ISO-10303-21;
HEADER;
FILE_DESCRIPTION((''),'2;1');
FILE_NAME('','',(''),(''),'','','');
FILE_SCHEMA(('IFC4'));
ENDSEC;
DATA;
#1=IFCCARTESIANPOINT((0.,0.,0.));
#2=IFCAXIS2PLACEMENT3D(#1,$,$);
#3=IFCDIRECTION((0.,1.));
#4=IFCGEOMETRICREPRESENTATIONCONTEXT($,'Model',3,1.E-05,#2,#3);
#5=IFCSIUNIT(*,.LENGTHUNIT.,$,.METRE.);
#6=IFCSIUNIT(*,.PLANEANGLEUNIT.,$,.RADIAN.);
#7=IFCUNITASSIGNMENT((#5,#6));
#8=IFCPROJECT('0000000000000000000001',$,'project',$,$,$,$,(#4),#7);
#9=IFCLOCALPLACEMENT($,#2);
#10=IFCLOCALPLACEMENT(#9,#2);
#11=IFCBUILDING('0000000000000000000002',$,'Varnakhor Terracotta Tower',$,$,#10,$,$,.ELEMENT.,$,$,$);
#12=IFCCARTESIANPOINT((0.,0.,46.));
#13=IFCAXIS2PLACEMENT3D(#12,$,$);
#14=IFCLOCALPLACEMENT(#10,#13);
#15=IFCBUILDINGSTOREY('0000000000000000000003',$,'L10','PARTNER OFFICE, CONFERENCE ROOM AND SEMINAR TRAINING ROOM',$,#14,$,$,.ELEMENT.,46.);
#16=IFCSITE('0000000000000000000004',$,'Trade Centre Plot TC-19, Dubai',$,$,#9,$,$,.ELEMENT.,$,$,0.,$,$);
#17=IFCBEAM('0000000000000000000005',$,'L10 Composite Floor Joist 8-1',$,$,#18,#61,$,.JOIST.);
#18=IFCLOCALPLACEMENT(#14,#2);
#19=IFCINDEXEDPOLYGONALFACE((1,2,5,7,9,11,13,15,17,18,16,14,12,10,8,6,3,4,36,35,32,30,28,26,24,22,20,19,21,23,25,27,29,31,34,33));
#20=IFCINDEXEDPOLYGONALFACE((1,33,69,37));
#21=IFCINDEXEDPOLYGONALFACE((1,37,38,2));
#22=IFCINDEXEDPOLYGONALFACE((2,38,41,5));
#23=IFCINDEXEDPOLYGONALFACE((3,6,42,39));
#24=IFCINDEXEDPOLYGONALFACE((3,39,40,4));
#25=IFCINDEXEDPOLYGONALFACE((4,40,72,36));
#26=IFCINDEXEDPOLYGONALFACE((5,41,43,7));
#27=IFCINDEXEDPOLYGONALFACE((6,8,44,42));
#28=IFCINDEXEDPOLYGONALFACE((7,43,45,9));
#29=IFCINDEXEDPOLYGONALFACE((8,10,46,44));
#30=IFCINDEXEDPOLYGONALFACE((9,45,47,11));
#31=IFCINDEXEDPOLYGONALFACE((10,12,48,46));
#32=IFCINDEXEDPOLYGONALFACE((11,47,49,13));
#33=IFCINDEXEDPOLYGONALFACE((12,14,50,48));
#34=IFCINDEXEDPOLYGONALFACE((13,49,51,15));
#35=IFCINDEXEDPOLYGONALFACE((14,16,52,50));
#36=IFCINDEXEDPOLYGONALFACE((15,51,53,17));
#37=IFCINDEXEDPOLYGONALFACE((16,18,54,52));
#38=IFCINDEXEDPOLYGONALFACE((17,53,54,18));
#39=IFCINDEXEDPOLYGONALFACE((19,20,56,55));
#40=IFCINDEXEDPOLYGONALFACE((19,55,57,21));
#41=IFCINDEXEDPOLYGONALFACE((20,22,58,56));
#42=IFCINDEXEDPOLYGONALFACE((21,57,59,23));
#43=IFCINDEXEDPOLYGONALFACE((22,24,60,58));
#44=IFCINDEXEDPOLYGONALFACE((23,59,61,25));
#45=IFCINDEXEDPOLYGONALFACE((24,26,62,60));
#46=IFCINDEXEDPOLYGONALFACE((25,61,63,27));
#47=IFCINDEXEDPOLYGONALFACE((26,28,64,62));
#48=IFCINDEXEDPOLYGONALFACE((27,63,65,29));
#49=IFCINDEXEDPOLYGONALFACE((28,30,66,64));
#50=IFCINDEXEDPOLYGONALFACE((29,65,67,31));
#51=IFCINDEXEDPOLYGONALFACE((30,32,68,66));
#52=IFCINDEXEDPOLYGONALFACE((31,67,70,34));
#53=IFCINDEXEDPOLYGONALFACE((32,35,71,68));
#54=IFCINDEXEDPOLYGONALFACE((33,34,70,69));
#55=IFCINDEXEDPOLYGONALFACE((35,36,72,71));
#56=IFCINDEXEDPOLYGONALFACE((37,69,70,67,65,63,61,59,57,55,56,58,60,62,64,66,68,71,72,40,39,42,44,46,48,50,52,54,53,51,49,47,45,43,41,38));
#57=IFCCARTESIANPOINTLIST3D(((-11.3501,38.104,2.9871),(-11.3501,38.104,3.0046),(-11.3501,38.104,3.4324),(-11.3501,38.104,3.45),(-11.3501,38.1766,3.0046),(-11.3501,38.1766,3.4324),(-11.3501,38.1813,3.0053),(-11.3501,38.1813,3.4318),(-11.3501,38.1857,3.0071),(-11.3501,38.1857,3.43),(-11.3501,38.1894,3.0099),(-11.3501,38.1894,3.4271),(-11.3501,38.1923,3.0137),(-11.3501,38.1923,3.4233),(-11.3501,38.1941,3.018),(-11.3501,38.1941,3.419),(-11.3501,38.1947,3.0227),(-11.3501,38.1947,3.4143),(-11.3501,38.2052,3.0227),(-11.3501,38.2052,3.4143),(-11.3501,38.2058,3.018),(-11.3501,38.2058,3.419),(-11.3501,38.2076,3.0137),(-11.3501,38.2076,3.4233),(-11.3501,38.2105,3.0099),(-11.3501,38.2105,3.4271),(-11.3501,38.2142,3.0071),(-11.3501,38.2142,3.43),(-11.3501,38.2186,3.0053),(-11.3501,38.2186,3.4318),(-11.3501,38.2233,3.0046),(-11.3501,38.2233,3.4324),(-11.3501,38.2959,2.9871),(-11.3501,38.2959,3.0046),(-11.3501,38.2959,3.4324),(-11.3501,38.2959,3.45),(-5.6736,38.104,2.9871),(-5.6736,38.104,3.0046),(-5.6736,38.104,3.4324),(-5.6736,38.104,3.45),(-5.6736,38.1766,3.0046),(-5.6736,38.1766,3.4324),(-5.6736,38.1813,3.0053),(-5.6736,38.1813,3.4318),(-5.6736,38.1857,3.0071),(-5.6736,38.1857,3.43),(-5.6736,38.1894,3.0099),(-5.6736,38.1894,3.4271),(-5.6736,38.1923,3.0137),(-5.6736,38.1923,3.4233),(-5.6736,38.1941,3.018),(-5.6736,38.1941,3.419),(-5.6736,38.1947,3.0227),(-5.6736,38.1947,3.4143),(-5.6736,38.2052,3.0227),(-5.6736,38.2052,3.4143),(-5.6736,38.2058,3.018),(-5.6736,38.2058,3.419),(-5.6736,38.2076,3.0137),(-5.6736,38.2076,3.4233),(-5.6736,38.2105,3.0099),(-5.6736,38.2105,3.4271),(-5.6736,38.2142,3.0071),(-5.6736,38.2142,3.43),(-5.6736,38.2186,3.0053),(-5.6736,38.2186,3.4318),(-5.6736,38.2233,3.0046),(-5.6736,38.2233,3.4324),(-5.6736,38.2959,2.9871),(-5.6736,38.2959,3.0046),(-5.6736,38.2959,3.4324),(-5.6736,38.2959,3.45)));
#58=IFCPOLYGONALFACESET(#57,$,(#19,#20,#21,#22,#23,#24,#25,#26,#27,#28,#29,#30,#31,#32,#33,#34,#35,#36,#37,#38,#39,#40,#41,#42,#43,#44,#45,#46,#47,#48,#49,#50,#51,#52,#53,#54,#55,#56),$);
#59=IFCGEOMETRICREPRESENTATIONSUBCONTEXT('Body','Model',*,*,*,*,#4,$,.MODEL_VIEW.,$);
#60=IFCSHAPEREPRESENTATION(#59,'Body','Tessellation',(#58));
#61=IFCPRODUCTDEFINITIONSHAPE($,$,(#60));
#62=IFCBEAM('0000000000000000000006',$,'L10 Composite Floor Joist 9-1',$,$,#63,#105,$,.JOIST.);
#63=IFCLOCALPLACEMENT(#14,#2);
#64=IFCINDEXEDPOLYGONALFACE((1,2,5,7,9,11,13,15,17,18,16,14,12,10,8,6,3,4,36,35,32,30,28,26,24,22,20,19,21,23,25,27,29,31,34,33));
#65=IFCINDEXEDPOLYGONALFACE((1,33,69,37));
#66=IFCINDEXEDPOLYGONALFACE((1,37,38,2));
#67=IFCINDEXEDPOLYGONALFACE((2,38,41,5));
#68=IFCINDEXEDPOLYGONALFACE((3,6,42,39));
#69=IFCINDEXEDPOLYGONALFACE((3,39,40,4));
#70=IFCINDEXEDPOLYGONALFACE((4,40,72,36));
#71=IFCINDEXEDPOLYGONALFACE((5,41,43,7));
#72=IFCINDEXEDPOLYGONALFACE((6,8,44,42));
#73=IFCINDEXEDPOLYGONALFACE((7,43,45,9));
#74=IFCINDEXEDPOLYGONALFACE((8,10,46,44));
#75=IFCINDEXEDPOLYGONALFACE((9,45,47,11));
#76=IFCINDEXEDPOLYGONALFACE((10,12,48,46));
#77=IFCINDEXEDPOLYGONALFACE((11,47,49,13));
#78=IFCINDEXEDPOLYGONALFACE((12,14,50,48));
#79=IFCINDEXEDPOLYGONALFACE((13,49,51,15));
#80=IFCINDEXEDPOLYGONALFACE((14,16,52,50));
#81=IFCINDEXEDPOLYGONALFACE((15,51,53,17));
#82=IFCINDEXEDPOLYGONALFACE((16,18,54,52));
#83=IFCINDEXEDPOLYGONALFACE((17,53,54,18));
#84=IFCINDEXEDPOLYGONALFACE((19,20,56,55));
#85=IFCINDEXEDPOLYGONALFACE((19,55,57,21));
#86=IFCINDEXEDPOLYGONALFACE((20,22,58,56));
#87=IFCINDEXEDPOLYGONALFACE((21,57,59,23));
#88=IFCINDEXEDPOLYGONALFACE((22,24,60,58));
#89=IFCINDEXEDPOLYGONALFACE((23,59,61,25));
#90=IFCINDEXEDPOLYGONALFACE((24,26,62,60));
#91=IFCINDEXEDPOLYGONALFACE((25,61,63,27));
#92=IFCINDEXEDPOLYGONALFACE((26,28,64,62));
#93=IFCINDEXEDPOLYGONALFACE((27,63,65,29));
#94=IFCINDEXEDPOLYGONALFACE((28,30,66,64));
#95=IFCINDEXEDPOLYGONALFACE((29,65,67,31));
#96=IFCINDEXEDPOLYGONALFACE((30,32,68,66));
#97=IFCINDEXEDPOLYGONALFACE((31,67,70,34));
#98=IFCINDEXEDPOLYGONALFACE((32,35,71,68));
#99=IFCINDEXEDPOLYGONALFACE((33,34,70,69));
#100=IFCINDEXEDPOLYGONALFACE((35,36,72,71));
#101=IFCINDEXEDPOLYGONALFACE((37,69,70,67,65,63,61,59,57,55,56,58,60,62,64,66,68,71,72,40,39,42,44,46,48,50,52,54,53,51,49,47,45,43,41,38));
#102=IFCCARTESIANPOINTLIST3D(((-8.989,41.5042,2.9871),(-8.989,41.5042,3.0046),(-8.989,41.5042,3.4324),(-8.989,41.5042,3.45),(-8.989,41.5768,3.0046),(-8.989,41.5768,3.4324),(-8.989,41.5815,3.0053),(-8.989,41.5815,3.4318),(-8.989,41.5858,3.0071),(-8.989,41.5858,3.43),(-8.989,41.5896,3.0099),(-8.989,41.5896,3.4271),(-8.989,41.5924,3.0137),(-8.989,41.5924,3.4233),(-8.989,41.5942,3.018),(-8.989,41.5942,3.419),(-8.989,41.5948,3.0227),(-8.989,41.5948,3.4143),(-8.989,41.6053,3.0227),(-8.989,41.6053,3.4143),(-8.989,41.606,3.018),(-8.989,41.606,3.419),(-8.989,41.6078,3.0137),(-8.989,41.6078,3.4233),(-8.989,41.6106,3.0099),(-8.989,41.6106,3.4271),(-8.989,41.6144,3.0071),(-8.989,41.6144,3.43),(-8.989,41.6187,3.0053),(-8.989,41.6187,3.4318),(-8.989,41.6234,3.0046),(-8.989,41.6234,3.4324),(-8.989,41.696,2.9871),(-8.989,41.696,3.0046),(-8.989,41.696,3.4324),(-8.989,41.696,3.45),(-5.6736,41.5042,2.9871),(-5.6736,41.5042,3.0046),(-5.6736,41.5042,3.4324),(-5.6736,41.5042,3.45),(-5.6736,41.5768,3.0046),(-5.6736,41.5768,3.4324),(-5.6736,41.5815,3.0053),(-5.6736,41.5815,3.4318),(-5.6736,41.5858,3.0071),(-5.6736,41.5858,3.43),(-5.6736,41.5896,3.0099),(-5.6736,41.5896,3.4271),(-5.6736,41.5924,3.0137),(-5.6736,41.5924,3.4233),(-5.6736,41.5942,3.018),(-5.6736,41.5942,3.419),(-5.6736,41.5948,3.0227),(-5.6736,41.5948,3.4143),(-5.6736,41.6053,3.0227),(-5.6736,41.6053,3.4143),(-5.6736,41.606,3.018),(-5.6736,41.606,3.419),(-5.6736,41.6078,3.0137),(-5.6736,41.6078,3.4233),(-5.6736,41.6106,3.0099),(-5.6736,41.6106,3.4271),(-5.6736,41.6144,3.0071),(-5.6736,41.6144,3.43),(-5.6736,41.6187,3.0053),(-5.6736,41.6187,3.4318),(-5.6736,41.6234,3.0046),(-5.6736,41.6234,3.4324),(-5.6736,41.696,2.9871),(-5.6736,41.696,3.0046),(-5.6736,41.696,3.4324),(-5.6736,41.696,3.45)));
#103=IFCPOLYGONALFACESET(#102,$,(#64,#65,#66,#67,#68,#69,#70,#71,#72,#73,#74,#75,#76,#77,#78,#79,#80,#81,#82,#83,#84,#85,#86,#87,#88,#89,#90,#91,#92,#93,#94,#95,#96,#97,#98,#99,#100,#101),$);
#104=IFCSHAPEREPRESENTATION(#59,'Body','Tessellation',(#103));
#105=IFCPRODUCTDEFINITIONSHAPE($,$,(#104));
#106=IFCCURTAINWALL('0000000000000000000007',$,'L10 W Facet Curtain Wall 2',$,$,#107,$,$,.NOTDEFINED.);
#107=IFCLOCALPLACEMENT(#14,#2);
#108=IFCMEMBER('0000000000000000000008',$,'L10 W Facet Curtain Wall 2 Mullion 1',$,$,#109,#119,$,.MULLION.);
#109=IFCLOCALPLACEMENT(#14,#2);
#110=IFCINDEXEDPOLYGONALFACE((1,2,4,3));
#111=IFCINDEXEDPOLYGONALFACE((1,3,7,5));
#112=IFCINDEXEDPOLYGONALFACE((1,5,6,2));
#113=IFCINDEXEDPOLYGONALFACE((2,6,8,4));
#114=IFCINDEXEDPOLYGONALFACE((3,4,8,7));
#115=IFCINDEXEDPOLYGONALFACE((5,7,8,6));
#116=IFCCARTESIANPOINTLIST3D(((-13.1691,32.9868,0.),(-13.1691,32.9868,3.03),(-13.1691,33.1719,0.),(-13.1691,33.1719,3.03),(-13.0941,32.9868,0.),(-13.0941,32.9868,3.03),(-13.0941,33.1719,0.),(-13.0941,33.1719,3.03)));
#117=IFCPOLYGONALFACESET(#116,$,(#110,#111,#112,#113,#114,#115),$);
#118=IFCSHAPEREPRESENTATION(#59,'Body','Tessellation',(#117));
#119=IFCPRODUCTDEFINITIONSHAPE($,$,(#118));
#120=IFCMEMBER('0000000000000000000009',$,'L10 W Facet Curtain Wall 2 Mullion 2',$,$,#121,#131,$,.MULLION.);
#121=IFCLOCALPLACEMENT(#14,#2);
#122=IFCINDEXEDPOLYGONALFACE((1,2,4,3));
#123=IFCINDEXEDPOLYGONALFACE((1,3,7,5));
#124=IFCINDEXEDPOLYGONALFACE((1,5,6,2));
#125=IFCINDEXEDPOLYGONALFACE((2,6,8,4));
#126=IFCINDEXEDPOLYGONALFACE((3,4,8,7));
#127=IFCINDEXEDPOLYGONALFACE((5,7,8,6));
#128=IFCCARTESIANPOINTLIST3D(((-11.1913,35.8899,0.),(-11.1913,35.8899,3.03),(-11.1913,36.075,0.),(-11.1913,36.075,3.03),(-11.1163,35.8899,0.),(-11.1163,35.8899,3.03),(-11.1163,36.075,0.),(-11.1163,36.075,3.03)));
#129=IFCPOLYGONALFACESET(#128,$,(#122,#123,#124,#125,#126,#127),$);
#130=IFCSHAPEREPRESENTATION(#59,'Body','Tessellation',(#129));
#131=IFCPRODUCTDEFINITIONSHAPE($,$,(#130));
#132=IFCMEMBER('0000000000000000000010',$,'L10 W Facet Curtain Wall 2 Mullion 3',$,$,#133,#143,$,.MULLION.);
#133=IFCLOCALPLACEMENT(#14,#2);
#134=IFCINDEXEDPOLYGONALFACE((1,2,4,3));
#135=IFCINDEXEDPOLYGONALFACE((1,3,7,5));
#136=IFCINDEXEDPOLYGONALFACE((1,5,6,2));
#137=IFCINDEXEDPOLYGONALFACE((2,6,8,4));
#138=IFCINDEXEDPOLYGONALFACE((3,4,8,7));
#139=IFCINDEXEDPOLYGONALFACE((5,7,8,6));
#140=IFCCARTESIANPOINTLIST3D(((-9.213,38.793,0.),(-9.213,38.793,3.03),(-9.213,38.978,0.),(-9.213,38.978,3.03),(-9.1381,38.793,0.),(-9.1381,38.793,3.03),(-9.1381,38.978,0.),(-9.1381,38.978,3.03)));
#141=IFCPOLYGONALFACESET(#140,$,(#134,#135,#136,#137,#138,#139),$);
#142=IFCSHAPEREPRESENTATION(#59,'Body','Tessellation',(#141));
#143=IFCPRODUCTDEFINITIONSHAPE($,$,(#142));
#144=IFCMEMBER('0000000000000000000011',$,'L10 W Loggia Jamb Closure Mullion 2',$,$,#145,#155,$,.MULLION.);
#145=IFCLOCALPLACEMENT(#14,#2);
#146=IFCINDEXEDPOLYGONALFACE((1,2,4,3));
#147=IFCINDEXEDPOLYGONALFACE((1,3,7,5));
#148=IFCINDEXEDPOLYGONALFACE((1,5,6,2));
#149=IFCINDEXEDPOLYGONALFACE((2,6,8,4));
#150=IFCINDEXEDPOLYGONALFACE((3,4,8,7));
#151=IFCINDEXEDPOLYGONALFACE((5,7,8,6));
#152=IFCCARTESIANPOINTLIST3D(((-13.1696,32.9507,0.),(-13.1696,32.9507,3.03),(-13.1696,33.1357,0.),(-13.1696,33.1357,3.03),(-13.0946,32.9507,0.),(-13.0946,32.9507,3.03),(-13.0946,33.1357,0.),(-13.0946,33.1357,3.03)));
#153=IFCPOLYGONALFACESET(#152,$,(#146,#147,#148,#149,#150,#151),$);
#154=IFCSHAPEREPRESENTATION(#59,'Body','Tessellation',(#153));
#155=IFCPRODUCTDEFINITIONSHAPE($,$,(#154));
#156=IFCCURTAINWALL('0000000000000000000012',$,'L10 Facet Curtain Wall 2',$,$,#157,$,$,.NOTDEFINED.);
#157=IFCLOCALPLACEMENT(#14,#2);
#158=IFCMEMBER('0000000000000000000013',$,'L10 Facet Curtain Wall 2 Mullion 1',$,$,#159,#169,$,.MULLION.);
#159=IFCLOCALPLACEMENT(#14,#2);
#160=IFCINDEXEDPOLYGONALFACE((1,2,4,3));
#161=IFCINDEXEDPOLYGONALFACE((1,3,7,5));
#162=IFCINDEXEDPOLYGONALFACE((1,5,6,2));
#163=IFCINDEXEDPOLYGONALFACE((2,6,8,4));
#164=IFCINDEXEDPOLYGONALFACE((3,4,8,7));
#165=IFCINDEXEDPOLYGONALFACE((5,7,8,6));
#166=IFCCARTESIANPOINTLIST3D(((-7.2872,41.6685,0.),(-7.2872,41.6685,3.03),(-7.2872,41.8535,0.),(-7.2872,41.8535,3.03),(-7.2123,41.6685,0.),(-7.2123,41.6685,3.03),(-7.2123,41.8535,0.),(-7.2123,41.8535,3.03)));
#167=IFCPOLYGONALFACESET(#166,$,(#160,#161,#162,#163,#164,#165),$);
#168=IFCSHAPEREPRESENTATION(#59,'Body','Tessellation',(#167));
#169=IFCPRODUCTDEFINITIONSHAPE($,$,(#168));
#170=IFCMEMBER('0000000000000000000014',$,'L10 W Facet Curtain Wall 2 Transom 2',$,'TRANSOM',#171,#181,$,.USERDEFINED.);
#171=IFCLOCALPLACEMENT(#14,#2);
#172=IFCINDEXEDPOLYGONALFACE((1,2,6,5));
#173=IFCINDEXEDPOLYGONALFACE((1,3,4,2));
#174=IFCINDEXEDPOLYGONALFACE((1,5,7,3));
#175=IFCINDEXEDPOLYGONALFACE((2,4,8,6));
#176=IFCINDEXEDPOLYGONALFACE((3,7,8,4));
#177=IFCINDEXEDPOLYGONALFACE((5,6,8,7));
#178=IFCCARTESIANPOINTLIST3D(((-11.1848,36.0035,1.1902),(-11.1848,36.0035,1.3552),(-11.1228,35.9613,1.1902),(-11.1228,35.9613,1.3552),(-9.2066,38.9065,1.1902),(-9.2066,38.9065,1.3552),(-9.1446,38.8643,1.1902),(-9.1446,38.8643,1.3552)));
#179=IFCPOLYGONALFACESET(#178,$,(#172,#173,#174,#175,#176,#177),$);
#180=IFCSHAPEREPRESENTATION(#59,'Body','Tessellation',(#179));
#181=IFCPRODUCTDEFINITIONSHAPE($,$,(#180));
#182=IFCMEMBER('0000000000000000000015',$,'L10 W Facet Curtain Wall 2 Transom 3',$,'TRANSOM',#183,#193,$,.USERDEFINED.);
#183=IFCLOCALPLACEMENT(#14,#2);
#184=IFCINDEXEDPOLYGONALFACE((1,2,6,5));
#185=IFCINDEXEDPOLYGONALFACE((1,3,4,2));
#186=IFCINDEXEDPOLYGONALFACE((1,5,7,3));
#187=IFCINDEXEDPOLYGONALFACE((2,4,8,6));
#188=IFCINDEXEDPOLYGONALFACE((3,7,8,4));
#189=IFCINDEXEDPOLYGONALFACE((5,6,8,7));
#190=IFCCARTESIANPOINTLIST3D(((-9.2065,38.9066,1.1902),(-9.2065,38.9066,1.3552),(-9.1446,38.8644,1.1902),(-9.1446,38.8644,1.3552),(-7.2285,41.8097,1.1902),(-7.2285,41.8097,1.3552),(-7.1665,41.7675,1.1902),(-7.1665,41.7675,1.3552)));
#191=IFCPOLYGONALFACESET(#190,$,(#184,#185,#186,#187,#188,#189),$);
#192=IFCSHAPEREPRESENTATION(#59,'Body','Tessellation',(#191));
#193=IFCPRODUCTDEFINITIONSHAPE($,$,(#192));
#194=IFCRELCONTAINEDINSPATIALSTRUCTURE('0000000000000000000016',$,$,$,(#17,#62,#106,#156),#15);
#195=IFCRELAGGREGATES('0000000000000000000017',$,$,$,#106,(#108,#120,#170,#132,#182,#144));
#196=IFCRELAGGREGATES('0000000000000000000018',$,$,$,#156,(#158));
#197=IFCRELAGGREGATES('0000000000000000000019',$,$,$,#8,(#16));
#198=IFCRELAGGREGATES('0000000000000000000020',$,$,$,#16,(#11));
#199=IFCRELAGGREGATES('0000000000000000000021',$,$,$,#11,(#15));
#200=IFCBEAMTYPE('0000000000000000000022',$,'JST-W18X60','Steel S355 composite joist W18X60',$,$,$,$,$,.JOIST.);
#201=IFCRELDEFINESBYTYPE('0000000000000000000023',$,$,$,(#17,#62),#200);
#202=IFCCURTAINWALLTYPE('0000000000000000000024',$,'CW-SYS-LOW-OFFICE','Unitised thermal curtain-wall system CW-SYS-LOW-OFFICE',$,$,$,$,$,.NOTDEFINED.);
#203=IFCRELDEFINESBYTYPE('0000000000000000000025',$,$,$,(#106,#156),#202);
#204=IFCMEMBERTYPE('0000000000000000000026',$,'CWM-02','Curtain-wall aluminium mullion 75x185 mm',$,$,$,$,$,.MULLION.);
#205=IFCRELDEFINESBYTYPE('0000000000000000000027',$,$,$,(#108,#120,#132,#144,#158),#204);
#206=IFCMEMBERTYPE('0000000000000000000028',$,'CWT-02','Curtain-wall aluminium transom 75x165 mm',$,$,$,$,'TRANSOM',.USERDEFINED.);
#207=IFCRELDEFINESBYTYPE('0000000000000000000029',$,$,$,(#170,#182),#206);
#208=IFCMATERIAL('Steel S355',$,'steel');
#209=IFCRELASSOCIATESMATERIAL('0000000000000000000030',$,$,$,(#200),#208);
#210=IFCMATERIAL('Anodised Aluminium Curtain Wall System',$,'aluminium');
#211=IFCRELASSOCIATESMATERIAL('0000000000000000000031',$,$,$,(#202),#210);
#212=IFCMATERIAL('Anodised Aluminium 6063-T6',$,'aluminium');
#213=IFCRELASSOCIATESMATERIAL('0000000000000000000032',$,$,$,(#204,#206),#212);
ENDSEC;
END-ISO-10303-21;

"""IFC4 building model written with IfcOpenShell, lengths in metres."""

from ifc_helpers import new_model, si_unit, direction, frame, origin, origin_2d, place, context, subcontext, project, spatial, rectangle, i_section, extrude, source, transform, mapped, material, material_profile, profile_set, type_object, type_shapes, element, aggregate, save


model = new_model("IFC4")

# Units and contexts
model_context = context("Model", 3, precision=1e-05, world=origin(), true_north=direction((0.0, 1.0)))
body_context = subcontext(model_context, "Body", "Model", "MODEL_VIEW")
ifc_project = project(units=[si_unit("LENGTHUNIT", "METRE"), si_unit("PLANEANGLEUNIT", "RADIAN")], contexts=[model_context])

# Site, building, storey
site_placement = place(None, origin())
site = spatial("IfcSite", under=ifc_project, at=site_placement, Name="Trade Centre Plot TC-19, Dubai", CompositionType="ELEMENT", RefElevation=0.0)
building_placement = place(site_placement, origin())
building = spatial("IfcBuilding", under=site, at=building_placement, Name="Varnakhor Terracotta Tower", CompositionType="ELEMENT")
storey_placement = place(building_placement, frame((0.0, 0.0, 46.0)))
storey = spatial("IfcBuildingStorey", under=building, at=storey_placement, Name="L10", Description="PARTNER OFFICE, CONFERENCE ROOM AND SEMINAR TRAINING ROOM", CompositionType="ELEMENT", Elevation=46.0)

# Beams
ifc_material_1 = material(Name="Steel S355", Category="steel")
ifc_material_profile_1 = material_profile(ifc_material_1, i_section(OverallWidth=0.1919, OverallDepth=0.4629, WebThickness=0.0105, FlangeThickness=0.0176, FilletRadius=0.0181, at=origin_2d()), Name="W18X60")
ifc_profile_set_1 = profile_set([ifc_material_profile_1], Name="Steel S355")
beam_type_1 = type_object("IfcBeamType", Name="JST-W18X60", Description="Steel S355 composite joist W18X60", PredefinedType="JOIST", material=ifc_profile_set_1)
shared_shape_1 = source(origin(), body_context, "Body", "SweptSolid", [
    extrude(i_section(OverallWidth=0.1919, OverallDepth=0.4629, WebThickness=0.0105, FlangeThickness=0.0176, FilletRadius=0.0181, at=origin_2d()), origin(), (0.0, 0.0, 1.0), 5.6765),
])
beam_1_placement = place(storey_placement, frame((-11.3501, 38.2, 3.2185), z_axis=(1.0, 0.0, 0.0), x_axis=(0.0, 1.0, 0.0)))
element("IfcBeam", 1, at=beam_1_placement, inside=storey, type_object=beam_type_1, Name="L10 Composite Floor Joist 8-1", PredefinedType="JOIST", context=body_context, shape_type="MappedRepresentation", body=[
    mapped(shared_shape_1, transform((0.0, 0.0, 0.0), scale=1.0)),
])
shared_shape_2 = source(origin(), body_context, "Body", "SweptSolid", [
    extrude(i_section(OverallWidth=0.1919, OverallDepth=0.4629, WebThickness=0.0105, FlangeThickness=0.0176, FilletRadius=0.0181, at=origin_2d()), origin(), (0.0, 0.0, 1.0), 3.3154),
])
beam_2_placement = place(storey_placement, frame((-8.989, 41.6001, 3.2185), z_axis=(1.0, 0.0, 0.0), x_axis=(0.0, 1.0, 0.0)))
element("IfcBeam", 2, at=beam_2_placement, inside=storey, type_object=beam_type_1, Name="L10 Composite Floor Joist 9-1", PredefinedType="JOIST", context=body_context, shape_type="MappedRepresentation", body=[
    mapped(shared_shape_2, transform((0.0, 0.0, 0.0), scale=1.0)),
])

# Curtain wall, members
ifc_material_2 = material(Name="Anodised Aluminium Curtain Wall System", Category="aluminium")
curtain_wall_type = type_object("IfcCurtainWallType", Name="CW-SYS-LOW-OFFICE", Description="Unitised thermal curtain-wall system CW-SYS-LOW-OFFICE", PredefinedType="NOTDEFINED", material=ifc_material_2)
curtain_wall_1_placement = place(storey_placement, origin())
curtain_wall_1 = element("IfcCurtainWall", 3, at=curtain_wall_1_placement, inside=storey, type_object=curtain_wall_type, Name="L10 W Facet Curtain Wall 2", PredefinedType="NOTDEFINED")
ifc_material_3 = material(Name="Anodised Aluminium 6063-T6", Category="aluminium")
ifc_material_profile_2 = material_profile(ifc_material_3, rectangle(XDim=0.075, YDim=0.1851, at=origin_2d()), Name="ALU MULLION 75x185")
ifc_profile_set_2 = profile_set([ifc_material_profile_2], Name="Anodised Aluminium 6063-T6")
member_type_1 = type_object("IfcMemberType", Name="CWM-02", Description="Curtain-wall aluminium mullion 75x185 mm", PredefinedType="MULLION", material=ifc_profile_set_2)
shared_shape_3 = source(origin(), body_context, "Body", "SweptSolid", [
    extrude(rectangle(XDim=0.075, YDim=0.1851, at=origin_2d()), origin(), (0.0, 0.0, 1.0), 3.03),
])
type_shapes(member_type_1, [shared_shape_3])
member_1_placement = place(storey_placement, frame((-13.1316, 33.0793, 0.0), z_axis=(0.0, 0.0, 1.0), x_axis=(1.0, 0.0, 0.0)))
member_1 = element("IfcMember", 4, at=member_1_placement, type_object=member_type_1, Name="L10 W Facet Curtain Wall 2 Mullion 1", PredefinedType="MULLION", context=body_context, shape_type="MappedRepresentation", body=[
    mapped(shared_shape_3, transform((0.0, 0.0, 0.0), scale=1.0)),
])
member_2_placement = place(storey_placement, frame((-11.1538, 35.9824, 0.0), z_axis=(0.0, 0.0, 1.0), x_axis=(1.0, 0.0, 0.0)))
member_2 = element("IfcMember", 5, at=member_2_placement, type_object=member_type_1, Name="L10 W Facet Curtain Wall 2 Mullion 2", PredefinedType="MULLION", context=body_context, shape_type="MappedRepresentation", body=[
    mapped(shared_shape_3, transform((0.0, 0.0, 0.0), scale=1.0)),
])
member_3_placement = place(storey_placement, frame((-9.1755, 38.8855, 0.0), z_axis=(0.0, 0.0, 1.0), x_axis=(1.0, 0.0, 0.0)))
member_3 = element("IfcMember", 6, at=member_3_placement, type_object=member_type_1, Name="L10 W Facet Curtain Wall 2 Mullion 3", PredefinedType="MULLION", context=body_context, shape_type="MappedRepresentation", body=[
    mapped(shared_shape_3, transform((0.0, 0.0, 0.0), scale=1.0)),
])
member_4_placement = place(storey_placement, frame((-13.1321, 33.0432, 0.0), z_axis=(0.0, 0.0, 1.0), x_axis=(1.0, 0.0, 0.0)))
member_4 = element("IfcMember", 7, at=member_4_placement, type_object=member_type_1, Name="L10 W Loggia Jamb Closure Mullion 2", PredefinedType="MULLION", context=body_context, shape_type="MappedRepresentation", body=[
    mapped(shared_shape_3, transform((0.0, 0.0, 0.0), scale=1.0)),
])

# Curtain wall, member
curtain_wall_2_placement = place(storey_placement, origin())
curtain_wall_2 = element("IfcCurtainWall", 8, at=curtain_wall_2_placement, inside=storey, type_object=curtain_wall_type, Name="L10 Facet Curtain Wall 2", PredefinedType="NOTDEFINED")
member_5_placement = place(storey_placement, frame((-7.2498, 41.761, 0.0), z_axis=(0.0, 0.0, 1.0), x_axis=(1.0, 0.0, 0.0)))
member_5 = element("IfcMember", 9, at=member_5_placement, type_object=member_type_1, Name="L10 Facet Curtain Wall 2 Mullion 1", PredefinedType="MULLION", context=body_context, shape_type="MappedRepresentation", body=[
    mapped(shared_shape_3, transform((0.0, 0.0, 0.0), scale=1.0)),
])

# Members
ifc_material_profile_3 = material_profile(ifc_material_3, rectangle(XDim=0.075, YDim=0.165, at=origin_2d()), Name="ALU TRANSOM 75x165")
ifc_profile_set_3 = profile_set([ifc_material_profile_3], Name="Anodised Aluminium 6063-T6")
member_type_2 = type_object("IfcMemberType", Name="CWT-02", Description="Curtain-wall aluminium transom 75x165 mm", ElementType="TRANSOM", PredefinedType="USERDEFINED", material=ifc_profile_set_3)
shared_shape_4 = source(origin(), body_context, "Body", "SweptSolid", [
    extrude(rectangle(XDim=0.075, YDim=0.165, at=origin_2d()), origin(), (0.0, 0.0, 1.0), 3.5129),
])
member_6_placement = place(storey_placement, frame((-11.1538, 35.9824, 1.2727), z_axis=(0.563123, 0.826373, 0.0), x_axis=(-0.826373, 0.563123, 0.0)))
member_6 = element("IfcMember", 10, at=member_6_placement, type_object=member_type_2, Name="L10 W Facet Curtain Wall 2 Transom 2", ObjectType="TRANSOM", PredefinedType="USERDEFINED", context=body_context, shape_type="MappedRepresentation", body=[
    mapped(shared_shape_4, transform((0.0, 0.0, 0.0), scale=1.0)),
])
member_7_placement = place(storey_placement, frame((-9.1755, 38.8855, 1.2727), z_axis=(0.563076, 0.826405, 0.0), x_axis=(-0.826405, 0.563076, 0.0)))
member_7 = element("IfcMember", 11, at=member_7_placement, type_object=member_type_2, Name="L10 W Facet Curtain Wall 2 Transom 3", ObjectType="TRANSOM", PredefinedType="USERDEFINED", context=body_context, shape_type="MappedRepresentation", body=[
    mapped(shared_shape_4, transform((0.0, 0.0, 0.0), scale=1.0)),
])

aggregate(curtain_wall_1, [member_1, member_2, member_6, member_3, member_7, member_4])
aggregate(curtain_wall_2, [member_5])

save(model, "model.ifc")
